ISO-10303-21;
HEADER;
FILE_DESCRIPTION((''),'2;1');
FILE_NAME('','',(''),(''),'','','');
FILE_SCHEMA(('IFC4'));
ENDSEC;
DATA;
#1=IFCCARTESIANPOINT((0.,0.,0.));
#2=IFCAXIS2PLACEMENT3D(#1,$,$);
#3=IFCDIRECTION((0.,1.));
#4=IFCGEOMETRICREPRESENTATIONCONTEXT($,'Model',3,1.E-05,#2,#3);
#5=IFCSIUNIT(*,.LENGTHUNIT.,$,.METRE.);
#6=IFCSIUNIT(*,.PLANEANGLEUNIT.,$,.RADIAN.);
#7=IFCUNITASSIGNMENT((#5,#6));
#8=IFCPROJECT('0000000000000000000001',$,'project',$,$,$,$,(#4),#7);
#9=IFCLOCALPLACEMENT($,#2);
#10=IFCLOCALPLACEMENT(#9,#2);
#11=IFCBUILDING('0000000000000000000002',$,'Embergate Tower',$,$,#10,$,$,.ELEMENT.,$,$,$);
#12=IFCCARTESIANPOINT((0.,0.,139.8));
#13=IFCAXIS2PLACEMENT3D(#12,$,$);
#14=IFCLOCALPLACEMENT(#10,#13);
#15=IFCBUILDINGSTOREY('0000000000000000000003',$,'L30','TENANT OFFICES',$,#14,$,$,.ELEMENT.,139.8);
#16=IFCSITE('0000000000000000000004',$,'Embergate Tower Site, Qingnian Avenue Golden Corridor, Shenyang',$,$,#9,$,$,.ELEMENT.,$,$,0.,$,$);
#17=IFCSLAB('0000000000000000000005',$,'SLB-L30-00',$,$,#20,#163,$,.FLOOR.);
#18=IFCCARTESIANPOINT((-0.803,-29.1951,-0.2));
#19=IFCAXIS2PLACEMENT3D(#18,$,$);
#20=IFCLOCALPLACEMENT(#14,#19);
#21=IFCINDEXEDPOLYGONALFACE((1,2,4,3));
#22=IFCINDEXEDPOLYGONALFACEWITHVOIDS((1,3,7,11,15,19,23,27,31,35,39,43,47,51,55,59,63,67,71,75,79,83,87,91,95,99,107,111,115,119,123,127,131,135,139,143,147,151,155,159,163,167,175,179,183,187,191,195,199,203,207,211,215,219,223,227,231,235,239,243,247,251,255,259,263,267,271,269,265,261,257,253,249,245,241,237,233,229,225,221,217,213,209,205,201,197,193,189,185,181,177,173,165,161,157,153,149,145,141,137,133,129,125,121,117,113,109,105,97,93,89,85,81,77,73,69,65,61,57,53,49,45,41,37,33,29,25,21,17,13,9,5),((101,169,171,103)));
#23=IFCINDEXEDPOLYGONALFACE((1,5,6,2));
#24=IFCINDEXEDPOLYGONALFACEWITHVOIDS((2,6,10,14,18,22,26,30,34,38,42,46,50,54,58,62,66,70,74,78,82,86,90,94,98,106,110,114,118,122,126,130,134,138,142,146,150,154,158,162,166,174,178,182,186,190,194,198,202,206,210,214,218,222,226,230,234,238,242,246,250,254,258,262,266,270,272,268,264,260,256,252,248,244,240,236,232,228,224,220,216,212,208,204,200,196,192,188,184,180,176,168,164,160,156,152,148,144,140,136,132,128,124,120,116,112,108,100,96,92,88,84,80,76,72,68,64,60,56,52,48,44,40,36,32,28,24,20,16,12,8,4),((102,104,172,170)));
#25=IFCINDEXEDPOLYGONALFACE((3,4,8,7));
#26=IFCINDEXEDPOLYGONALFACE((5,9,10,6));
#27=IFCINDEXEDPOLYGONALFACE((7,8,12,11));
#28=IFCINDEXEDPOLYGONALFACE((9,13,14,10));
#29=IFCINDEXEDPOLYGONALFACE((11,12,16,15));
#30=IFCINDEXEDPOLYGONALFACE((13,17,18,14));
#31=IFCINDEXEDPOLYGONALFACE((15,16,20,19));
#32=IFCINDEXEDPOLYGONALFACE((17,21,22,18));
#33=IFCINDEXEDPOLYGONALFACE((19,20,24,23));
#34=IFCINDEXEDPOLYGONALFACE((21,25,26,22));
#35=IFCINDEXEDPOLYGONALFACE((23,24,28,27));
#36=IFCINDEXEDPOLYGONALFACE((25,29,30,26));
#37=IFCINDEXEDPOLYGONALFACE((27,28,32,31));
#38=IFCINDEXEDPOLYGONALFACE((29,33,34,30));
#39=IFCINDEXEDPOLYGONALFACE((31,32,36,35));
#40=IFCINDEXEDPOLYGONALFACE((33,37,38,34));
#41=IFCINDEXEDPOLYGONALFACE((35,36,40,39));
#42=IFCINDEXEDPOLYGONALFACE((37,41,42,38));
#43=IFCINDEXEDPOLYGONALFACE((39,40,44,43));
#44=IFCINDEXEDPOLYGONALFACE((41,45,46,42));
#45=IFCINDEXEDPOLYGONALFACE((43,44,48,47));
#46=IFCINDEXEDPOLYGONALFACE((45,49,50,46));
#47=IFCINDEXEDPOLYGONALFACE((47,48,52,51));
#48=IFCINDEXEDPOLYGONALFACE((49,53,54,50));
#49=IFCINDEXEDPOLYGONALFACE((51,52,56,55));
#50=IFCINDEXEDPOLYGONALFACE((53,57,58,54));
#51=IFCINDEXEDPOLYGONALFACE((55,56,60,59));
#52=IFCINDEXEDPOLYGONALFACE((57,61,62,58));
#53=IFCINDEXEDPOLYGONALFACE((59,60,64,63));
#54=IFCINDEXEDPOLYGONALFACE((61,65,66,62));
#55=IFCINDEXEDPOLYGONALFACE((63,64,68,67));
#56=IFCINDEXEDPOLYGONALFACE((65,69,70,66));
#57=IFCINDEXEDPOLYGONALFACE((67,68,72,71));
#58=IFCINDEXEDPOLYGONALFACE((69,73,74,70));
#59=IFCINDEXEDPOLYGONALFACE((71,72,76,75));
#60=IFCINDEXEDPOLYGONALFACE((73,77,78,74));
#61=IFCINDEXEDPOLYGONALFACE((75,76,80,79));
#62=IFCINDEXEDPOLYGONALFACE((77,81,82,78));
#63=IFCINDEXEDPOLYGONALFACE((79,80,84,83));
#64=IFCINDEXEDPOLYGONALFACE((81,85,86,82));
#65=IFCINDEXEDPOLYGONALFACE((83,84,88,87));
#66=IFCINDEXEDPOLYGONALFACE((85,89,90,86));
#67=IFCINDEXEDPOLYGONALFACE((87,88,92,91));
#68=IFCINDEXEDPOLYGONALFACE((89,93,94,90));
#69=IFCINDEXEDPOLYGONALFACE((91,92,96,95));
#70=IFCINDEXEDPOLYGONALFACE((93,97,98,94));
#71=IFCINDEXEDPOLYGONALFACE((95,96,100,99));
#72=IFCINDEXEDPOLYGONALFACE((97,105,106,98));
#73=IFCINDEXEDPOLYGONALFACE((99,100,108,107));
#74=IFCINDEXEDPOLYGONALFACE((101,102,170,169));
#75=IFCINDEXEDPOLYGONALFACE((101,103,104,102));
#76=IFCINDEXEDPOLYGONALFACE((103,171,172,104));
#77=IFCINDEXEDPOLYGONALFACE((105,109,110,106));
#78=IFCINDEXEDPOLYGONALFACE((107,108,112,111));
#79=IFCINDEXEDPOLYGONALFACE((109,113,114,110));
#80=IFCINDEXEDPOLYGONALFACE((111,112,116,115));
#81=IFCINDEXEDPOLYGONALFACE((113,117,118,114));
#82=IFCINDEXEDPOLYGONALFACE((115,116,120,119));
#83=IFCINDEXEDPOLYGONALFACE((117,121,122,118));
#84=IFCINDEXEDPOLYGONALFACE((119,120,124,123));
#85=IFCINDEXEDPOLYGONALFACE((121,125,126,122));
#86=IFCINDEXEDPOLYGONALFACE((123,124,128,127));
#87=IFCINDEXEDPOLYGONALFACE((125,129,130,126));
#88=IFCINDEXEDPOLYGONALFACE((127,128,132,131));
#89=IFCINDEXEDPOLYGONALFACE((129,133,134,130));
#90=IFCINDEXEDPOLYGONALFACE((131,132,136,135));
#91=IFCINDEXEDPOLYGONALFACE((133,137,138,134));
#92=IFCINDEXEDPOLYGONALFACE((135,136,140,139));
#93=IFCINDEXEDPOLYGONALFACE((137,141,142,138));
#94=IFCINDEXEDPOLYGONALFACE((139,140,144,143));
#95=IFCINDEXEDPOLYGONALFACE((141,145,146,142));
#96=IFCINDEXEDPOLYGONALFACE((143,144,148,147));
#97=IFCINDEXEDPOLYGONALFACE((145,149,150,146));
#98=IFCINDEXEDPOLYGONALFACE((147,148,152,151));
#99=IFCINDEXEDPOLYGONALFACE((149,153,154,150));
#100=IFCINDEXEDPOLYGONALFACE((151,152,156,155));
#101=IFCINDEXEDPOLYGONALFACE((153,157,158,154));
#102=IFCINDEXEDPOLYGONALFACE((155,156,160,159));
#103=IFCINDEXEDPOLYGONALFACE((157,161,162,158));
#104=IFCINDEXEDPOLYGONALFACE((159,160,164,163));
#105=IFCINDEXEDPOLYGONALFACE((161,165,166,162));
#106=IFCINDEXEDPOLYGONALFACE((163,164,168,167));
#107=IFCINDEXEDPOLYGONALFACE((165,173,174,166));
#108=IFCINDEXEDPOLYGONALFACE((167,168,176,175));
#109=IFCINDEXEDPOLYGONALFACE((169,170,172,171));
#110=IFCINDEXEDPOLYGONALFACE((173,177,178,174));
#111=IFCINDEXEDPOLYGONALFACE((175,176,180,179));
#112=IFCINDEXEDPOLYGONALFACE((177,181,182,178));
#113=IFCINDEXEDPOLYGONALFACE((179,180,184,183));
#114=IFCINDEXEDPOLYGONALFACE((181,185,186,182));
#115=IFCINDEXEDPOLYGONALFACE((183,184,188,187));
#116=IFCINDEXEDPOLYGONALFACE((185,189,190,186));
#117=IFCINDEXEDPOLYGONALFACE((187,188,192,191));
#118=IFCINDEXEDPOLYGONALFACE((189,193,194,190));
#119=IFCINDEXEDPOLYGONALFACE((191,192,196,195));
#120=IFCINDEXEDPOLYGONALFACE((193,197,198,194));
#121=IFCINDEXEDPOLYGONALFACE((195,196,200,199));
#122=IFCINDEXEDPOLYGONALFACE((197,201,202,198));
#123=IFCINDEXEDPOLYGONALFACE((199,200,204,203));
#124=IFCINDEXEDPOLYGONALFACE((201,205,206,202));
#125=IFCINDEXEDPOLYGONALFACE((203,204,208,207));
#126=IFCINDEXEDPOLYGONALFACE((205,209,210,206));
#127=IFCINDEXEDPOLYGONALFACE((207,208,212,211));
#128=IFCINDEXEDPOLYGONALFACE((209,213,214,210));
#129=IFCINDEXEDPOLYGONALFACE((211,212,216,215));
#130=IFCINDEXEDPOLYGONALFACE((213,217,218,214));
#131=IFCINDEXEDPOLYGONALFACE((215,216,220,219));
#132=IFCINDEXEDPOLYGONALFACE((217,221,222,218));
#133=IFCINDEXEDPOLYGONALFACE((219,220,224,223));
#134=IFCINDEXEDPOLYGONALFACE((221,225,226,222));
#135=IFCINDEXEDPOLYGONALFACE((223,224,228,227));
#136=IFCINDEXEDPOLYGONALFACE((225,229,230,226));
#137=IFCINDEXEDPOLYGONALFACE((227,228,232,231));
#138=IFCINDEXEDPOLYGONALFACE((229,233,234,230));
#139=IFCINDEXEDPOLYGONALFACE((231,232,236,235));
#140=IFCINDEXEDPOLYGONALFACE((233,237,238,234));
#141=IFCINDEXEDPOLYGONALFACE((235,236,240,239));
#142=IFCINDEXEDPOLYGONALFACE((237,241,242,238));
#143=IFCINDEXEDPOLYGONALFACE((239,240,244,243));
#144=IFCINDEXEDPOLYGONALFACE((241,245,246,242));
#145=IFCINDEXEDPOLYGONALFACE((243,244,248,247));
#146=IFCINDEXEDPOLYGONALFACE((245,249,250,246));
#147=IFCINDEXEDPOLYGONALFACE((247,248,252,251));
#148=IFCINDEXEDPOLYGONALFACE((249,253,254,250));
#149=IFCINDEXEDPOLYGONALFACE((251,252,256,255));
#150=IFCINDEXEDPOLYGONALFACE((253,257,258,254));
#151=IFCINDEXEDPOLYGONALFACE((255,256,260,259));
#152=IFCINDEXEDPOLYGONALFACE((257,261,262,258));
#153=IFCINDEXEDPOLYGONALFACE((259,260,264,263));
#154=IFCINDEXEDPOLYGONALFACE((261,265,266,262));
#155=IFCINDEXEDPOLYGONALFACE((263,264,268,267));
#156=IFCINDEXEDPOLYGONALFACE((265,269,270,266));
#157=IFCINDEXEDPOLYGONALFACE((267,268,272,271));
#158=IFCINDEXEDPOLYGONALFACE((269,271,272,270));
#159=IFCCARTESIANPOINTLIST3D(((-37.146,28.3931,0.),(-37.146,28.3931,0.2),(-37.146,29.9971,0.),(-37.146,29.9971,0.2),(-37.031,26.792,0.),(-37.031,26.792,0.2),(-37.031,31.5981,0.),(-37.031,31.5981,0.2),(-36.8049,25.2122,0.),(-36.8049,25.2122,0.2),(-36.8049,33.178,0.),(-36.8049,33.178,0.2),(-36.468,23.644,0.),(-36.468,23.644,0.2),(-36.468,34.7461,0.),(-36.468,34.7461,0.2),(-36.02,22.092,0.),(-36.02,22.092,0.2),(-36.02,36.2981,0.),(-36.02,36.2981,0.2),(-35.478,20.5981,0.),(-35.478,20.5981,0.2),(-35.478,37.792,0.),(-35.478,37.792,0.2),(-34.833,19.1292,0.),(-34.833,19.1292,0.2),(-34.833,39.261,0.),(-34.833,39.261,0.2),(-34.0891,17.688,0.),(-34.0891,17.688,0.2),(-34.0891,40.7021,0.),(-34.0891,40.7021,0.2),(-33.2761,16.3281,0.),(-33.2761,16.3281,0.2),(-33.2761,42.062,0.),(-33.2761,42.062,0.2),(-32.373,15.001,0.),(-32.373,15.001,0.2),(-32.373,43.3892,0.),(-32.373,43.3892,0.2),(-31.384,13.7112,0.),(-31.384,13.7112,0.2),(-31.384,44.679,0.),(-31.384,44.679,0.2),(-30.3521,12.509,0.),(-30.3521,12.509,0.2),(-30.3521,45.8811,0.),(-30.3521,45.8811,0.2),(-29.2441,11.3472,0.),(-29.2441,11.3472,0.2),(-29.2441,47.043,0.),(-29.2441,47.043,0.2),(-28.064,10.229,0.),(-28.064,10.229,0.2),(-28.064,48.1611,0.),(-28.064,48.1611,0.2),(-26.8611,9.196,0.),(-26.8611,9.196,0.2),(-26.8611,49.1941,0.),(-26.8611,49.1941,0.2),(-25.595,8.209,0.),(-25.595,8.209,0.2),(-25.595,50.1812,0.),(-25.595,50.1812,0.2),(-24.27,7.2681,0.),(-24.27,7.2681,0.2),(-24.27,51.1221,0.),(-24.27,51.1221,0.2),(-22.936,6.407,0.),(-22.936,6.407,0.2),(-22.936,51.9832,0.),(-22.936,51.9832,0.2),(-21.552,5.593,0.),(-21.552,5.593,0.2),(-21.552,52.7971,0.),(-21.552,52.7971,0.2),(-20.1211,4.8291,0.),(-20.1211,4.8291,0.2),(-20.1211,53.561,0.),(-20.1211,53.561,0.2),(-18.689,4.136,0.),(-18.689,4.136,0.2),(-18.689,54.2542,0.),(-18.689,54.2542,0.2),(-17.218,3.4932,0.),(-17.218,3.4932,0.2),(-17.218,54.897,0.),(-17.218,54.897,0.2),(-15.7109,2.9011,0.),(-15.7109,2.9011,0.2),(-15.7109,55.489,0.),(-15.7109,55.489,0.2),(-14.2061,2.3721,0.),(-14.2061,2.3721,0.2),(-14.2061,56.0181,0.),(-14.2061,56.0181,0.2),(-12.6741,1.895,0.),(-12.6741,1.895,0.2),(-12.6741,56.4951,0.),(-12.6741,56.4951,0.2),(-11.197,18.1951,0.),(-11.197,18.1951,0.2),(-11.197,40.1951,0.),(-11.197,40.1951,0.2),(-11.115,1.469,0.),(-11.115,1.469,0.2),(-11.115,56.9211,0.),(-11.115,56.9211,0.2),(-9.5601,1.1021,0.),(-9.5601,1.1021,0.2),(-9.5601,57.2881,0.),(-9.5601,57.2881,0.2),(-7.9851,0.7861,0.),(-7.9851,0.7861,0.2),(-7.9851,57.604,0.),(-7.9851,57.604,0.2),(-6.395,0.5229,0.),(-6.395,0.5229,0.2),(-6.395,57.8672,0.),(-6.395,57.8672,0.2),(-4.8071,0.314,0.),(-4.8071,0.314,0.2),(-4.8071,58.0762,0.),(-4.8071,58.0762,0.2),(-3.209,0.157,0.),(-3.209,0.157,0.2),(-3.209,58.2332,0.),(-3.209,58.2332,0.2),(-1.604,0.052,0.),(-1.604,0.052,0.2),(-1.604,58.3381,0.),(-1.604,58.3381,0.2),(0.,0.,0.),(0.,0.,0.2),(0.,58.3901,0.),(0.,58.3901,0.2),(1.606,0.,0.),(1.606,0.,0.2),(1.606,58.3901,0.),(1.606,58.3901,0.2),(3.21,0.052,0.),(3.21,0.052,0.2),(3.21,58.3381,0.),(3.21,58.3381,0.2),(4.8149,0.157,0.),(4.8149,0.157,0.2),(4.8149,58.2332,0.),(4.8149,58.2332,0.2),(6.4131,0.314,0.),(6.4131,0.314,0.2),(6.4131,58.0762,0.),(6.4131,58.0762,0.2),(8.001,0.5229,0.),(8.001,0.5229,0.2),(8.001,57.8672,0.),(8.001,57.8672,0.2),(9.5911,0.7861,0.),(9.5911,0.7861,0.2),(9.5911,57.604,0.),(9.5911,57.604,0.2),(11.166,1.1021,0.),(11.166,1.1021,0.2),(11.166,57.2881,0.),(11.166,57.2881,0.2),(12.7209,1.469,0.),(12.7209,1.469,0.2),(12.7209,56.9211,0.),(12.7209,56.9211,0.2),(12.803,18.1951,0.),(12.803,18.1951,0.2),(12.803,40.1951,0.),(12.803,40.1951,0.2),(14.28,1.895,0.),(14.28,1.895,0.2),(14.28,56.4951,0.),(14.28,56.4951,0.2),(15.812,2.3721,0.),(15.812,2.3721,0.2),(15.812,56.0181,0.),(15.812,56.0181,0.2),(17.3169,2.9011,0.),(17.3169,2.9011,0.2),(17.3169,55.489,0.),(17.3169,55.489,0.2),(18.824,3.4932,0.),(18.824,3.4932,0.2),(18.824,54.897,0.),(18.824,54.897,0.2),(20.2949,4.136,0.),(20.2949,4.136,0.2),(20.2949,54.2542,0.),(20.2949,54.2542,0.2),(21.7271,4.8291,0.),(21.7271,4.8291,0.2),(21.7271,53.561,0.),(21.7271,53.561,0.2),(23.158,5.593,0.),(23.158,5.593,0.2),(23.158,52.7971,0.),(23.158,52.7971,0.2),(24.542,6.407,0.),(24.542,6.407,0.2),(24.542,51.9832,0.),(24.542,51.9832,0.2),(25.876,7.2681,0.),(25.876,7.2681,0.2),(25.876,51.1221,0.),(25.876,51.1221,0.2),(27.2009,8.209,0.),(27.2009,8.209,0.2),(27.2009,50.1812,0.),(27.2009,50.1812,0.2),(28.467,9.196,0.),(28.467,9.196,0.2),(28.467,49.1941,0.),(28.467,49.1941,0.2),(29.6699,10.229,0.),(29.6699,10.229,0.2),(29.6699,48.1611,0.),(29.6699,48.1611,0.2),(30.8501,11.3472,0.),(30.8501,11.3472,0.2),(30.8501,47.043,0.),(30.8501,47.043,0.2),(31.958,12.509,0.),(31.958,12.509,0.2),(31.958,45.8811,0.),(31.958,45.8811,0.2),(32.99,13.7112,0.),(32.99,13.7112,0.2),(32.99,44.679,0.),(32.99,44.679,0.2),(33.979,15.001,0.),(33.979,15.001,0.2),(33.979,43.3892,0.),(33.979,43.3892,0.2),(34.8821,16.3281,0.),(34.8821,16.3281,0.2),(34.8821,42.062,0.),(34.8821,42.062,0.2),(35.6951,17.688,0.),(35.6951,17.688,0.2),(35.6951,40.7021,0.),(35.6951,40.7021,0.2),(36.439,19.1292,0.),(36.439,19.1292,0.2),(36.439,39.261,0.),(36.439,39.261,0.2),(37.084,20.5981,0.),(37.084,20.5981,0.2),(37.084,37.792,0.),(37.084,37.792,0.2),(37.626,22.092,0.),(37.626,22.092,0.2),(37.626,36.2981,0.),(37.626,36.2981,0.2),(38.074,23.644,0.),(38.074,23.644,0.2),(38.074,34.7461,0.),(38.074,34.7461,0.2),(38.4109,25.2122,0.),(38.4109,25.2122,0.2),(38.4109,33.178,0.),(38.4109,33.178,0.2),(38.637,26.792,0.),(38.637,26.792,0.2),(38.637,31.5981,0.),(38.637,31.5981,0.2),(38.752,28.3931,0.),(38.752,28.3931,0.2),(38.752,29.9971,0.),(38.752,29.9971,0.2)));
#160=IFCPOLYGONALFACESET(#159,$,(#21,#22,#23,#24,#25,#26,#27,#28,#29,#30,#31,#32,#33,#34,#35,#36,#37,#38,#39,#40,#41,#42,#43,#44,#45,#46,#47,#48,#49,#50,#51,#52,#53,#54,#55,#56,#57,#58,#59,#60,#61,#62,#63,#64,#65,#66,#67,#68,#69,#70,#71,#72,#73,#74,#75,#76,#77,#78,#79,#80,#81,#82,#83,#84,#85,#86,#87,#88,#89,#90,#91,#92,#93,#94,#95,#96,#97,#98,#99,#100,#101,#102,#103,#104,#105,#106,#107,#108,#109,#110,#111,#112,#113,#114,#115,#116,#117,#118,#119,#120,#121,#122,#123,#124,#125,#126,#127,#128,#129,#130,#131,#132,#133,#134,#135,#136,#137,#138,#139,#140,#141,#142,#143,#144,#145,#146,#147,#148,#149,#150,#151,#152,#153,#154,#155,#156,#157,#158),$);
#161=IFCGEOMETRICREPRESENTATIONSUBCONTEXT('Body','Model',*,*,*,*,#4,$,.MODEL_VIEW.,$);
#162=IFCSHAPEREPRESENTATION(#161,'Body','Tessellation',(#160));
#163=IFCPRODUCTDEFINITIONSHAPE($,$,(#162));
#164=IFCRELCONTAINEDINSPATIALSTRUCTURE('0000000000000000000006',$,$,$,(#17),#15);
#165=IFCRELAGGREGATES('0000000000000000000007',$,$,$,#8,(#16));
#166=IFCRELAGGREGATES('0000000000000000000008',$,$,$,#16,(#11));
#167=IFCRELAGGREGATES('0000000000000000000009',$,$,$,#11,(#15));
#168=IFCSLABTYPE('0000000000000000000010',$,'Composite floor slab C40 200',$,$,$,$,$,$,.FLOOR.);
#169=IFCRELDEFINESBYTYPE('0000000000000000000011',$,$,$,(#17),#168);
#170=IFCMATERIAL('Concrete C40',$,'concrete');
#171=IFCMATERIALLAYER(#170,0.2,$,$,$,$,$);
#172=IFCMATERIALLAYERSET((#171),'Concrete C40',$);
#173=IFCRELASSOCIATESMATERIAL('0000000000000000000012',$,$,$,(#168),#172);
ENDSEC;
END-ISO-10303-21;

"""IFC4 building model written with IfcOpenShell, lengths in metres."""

from ifc_helpers import new_model, si_unit, direction, frame, origin, place, context, subcontext, project, spatial, polyline, outline, extrude, source, transform, mapped, material, layer, layer_set, type_object, element, save


model = new_model("IFC4")

# Units and contexts
model_context = context("Model", 3, precision=1e-05, world=origin(), true_north=direction((0.0, 1.0)))
body_context = subcontext(model_context, "Body", "Model", "MODEL_VIEW")
ifc_project = project(units=[si_unit("LENGTHUNIT", "METRE"), si_unit("PLANEANGLEUNIT", "RADIAN")], contexts=[model_context])

# Site, building, storey
site_placement = place(None, origin())
site = spatial("IfcSite", under=ifc_project, at=site_placement, Name="Embergate Tower Site, Qingnian Avenue Golden Corridor, Shenyang", CompositionType="ELEMENT", RefElevation=0.0)
building_placement = place(site_placement, origin())
building = spatial("IfcBuilding", under=site, at=building_placement, Name="Embergate Tower", CompositionType="ELEMENT")
storey_placement = place(building_placement, frame((0.0, 0.0, 139.8)))
storey = spatial("IfcBuildingStorey", under=building, at=storey_placement, Name="L30", Description="TENANT OFFICES", CompositionType="ELEMENT", Elevation=139.8)

# Slab
ifc_material_1 = material(Name="Concrete C40", Category="concrete")
ifc_layer_1 = layer(ifc_material_1, 0.2)
ifc_layer_set_1 = layer_set([ifc_layer_1], Name="Concrete C40")
slab_type = type_object("IfcSlabType", Name="Composite floor slab C40 200", PredefinedType="FLOOR", material=ifc_layer_set_1)
shared_shape_1 = source(origin(), body_context, "Body", "SweptSolid", [
    extrude(outline(polyline([(0.0, 0.0), (1.606, 0.0), (3.21, 0.052), (4.8149, 0.157), (6.4131, 0.314), (8.001, 0.5229), (9.5911, 0.7861), (11.166, 1.1021), (12.7209, 1.469), (14.28, 1.895), (15.812, 2.3721), (17.3169, 2.9011), (18.824, 3.4932), (20.2949, 4.136), (21.7271, 4.8291), (23.158, 5.593), (24.542, 6.407), (25.876, 7.2681), (27.2009, 8.209), (28.467, 9.196), (29.6699, 10.229), (30.8501, 11.3472), (31.958, 12.509), (32.99, 13.7112), (33.979, 15.001), (34.8821, 16.3281), (35.6951, 17.688), (36.439, 19.1292), (37.084, 20.5981), (37.626, 22.092), (38.074, 23.644), (38.4109, 25.2122), (38.637, 26.792), (38.752, 28.3931), (38.752, 29.9971), (38.637, 31.5981), (38.4109, 33.178), (38.074, 34.7461), (37.626, 36.2981), (37.084, 37.792), (36.439, 39.261), (35.6951, 40.7021), (34.8821, 42.062), (33.979, 43.3892), (32.99, 44.679), (31.958, 45.8811), (30.8501, 47.043), (29.6699, 48.1611), (28.467, 49.1941), (27.2009, 50.1812), (25.876, 51.1221), (24.542, 51.9832), (23.158, 52.7971), (21.7271, 53.561), (20.2949, 54.2542), (18.824, 54.897), (17.3169, 55.489), (15.812, 56.0181), (14.28, 56.4951), (12.7209, 56.9211), (11.166, 57.2881), (9.5911, 57.604), (8.001, 57.8672), (6.4131, 58.0762), (4.8149, 58.2332), (3.21, 58.3381), (1.606, 58.3901), (0.0, 58.3901), (-1.604, 58.3381), (-3.209, 58.2332), (-4.8071, 58.0762), (-6.395, 57.8672), (-7.9851, 57.604), (-9.5601, 57.2881), (-11.115, 56.9211), (-12.6741, 56.4951), (-14.2061, 56.0181), (-15.7109, 55.489), (-17.218, 54.897), (-18.689, 54.2542), (-20.1211, 53.561), (-21.552, 52.7971), (-22.936, 51.9832), (-24.27, 51.1221), (-25.595, 50.1812), (-26.8611, 49.1941), (-28.064, 48.1611), (-29.2441, 47.043), (-30.3521, 45.8811), (-31.384, 44.679), (-32.373, 43.3892), (-33.2761, 42.062), (-34.0891, 40.7021), (-34.833, 39.261), (-35.478, 37.792), (-36.02, 36.2981), (-36.468, 34.7461), (-36.8049, 33.178), (-37.031, 31.5981), (-37.146, 29.9971), (-37.146, 28.3931), (-37.031, 26.792), (-36.8049, 25.2122), (-36.468, 23.644), (-36.02, 22.092), (-35.478, 20.5981), (-34.833, 19.1292), (-34.0891, 17.688), (-33.2761, 16.3281), (-32.373, 15.001), (-31.384, 13.7112), (-30.3521, 12.509), (-29.2441, 11.3472), (-28.064, 10.229), (-26.8611, 9.196), (-25.595, 8.209), (-24.27, 7.2681), (-22.936, 6.407), (-21.552, 5.593), (-20.1211, 4.8291), (-18.689, 4.136), (-17.218, 3.4932), (-15.7109, 2.9011), (-14.2061, 2.3721), (-12.6741, 1.895), (-11.115, 1.469), (-9.5601, 1.1021), (-7.9851, 0.7861), (-6.395, 0.5229), (-4.8071, 0.314), (-3.209, 0.157), (-1.604, 0.052), (0.0, 0.0)]), holes=[polyline([(-11.197, 18.1951), (-11.197, 40.1951), (12.803, 40.1951), (12.803, 18.1951), (-11.197, 18.1951)])]), origin(), (0.0, 0.0, 1.0), 0.2),
])
slab_placement = place(storey_placement, frame((-0.803, -29.1951, -0.2)))
element("IfcSlab", 1, at=slab_placement, inside=storey, type_object=slab_type, Name="SLB-L30-00", PredefinedType="FLOOR", context=body_context, shape_type="MappedRepresentation", body=[
    mapped(shared_shape_1, transform((0.0, 0.0, 0.0))),
])

save(model, "model.ifc")
